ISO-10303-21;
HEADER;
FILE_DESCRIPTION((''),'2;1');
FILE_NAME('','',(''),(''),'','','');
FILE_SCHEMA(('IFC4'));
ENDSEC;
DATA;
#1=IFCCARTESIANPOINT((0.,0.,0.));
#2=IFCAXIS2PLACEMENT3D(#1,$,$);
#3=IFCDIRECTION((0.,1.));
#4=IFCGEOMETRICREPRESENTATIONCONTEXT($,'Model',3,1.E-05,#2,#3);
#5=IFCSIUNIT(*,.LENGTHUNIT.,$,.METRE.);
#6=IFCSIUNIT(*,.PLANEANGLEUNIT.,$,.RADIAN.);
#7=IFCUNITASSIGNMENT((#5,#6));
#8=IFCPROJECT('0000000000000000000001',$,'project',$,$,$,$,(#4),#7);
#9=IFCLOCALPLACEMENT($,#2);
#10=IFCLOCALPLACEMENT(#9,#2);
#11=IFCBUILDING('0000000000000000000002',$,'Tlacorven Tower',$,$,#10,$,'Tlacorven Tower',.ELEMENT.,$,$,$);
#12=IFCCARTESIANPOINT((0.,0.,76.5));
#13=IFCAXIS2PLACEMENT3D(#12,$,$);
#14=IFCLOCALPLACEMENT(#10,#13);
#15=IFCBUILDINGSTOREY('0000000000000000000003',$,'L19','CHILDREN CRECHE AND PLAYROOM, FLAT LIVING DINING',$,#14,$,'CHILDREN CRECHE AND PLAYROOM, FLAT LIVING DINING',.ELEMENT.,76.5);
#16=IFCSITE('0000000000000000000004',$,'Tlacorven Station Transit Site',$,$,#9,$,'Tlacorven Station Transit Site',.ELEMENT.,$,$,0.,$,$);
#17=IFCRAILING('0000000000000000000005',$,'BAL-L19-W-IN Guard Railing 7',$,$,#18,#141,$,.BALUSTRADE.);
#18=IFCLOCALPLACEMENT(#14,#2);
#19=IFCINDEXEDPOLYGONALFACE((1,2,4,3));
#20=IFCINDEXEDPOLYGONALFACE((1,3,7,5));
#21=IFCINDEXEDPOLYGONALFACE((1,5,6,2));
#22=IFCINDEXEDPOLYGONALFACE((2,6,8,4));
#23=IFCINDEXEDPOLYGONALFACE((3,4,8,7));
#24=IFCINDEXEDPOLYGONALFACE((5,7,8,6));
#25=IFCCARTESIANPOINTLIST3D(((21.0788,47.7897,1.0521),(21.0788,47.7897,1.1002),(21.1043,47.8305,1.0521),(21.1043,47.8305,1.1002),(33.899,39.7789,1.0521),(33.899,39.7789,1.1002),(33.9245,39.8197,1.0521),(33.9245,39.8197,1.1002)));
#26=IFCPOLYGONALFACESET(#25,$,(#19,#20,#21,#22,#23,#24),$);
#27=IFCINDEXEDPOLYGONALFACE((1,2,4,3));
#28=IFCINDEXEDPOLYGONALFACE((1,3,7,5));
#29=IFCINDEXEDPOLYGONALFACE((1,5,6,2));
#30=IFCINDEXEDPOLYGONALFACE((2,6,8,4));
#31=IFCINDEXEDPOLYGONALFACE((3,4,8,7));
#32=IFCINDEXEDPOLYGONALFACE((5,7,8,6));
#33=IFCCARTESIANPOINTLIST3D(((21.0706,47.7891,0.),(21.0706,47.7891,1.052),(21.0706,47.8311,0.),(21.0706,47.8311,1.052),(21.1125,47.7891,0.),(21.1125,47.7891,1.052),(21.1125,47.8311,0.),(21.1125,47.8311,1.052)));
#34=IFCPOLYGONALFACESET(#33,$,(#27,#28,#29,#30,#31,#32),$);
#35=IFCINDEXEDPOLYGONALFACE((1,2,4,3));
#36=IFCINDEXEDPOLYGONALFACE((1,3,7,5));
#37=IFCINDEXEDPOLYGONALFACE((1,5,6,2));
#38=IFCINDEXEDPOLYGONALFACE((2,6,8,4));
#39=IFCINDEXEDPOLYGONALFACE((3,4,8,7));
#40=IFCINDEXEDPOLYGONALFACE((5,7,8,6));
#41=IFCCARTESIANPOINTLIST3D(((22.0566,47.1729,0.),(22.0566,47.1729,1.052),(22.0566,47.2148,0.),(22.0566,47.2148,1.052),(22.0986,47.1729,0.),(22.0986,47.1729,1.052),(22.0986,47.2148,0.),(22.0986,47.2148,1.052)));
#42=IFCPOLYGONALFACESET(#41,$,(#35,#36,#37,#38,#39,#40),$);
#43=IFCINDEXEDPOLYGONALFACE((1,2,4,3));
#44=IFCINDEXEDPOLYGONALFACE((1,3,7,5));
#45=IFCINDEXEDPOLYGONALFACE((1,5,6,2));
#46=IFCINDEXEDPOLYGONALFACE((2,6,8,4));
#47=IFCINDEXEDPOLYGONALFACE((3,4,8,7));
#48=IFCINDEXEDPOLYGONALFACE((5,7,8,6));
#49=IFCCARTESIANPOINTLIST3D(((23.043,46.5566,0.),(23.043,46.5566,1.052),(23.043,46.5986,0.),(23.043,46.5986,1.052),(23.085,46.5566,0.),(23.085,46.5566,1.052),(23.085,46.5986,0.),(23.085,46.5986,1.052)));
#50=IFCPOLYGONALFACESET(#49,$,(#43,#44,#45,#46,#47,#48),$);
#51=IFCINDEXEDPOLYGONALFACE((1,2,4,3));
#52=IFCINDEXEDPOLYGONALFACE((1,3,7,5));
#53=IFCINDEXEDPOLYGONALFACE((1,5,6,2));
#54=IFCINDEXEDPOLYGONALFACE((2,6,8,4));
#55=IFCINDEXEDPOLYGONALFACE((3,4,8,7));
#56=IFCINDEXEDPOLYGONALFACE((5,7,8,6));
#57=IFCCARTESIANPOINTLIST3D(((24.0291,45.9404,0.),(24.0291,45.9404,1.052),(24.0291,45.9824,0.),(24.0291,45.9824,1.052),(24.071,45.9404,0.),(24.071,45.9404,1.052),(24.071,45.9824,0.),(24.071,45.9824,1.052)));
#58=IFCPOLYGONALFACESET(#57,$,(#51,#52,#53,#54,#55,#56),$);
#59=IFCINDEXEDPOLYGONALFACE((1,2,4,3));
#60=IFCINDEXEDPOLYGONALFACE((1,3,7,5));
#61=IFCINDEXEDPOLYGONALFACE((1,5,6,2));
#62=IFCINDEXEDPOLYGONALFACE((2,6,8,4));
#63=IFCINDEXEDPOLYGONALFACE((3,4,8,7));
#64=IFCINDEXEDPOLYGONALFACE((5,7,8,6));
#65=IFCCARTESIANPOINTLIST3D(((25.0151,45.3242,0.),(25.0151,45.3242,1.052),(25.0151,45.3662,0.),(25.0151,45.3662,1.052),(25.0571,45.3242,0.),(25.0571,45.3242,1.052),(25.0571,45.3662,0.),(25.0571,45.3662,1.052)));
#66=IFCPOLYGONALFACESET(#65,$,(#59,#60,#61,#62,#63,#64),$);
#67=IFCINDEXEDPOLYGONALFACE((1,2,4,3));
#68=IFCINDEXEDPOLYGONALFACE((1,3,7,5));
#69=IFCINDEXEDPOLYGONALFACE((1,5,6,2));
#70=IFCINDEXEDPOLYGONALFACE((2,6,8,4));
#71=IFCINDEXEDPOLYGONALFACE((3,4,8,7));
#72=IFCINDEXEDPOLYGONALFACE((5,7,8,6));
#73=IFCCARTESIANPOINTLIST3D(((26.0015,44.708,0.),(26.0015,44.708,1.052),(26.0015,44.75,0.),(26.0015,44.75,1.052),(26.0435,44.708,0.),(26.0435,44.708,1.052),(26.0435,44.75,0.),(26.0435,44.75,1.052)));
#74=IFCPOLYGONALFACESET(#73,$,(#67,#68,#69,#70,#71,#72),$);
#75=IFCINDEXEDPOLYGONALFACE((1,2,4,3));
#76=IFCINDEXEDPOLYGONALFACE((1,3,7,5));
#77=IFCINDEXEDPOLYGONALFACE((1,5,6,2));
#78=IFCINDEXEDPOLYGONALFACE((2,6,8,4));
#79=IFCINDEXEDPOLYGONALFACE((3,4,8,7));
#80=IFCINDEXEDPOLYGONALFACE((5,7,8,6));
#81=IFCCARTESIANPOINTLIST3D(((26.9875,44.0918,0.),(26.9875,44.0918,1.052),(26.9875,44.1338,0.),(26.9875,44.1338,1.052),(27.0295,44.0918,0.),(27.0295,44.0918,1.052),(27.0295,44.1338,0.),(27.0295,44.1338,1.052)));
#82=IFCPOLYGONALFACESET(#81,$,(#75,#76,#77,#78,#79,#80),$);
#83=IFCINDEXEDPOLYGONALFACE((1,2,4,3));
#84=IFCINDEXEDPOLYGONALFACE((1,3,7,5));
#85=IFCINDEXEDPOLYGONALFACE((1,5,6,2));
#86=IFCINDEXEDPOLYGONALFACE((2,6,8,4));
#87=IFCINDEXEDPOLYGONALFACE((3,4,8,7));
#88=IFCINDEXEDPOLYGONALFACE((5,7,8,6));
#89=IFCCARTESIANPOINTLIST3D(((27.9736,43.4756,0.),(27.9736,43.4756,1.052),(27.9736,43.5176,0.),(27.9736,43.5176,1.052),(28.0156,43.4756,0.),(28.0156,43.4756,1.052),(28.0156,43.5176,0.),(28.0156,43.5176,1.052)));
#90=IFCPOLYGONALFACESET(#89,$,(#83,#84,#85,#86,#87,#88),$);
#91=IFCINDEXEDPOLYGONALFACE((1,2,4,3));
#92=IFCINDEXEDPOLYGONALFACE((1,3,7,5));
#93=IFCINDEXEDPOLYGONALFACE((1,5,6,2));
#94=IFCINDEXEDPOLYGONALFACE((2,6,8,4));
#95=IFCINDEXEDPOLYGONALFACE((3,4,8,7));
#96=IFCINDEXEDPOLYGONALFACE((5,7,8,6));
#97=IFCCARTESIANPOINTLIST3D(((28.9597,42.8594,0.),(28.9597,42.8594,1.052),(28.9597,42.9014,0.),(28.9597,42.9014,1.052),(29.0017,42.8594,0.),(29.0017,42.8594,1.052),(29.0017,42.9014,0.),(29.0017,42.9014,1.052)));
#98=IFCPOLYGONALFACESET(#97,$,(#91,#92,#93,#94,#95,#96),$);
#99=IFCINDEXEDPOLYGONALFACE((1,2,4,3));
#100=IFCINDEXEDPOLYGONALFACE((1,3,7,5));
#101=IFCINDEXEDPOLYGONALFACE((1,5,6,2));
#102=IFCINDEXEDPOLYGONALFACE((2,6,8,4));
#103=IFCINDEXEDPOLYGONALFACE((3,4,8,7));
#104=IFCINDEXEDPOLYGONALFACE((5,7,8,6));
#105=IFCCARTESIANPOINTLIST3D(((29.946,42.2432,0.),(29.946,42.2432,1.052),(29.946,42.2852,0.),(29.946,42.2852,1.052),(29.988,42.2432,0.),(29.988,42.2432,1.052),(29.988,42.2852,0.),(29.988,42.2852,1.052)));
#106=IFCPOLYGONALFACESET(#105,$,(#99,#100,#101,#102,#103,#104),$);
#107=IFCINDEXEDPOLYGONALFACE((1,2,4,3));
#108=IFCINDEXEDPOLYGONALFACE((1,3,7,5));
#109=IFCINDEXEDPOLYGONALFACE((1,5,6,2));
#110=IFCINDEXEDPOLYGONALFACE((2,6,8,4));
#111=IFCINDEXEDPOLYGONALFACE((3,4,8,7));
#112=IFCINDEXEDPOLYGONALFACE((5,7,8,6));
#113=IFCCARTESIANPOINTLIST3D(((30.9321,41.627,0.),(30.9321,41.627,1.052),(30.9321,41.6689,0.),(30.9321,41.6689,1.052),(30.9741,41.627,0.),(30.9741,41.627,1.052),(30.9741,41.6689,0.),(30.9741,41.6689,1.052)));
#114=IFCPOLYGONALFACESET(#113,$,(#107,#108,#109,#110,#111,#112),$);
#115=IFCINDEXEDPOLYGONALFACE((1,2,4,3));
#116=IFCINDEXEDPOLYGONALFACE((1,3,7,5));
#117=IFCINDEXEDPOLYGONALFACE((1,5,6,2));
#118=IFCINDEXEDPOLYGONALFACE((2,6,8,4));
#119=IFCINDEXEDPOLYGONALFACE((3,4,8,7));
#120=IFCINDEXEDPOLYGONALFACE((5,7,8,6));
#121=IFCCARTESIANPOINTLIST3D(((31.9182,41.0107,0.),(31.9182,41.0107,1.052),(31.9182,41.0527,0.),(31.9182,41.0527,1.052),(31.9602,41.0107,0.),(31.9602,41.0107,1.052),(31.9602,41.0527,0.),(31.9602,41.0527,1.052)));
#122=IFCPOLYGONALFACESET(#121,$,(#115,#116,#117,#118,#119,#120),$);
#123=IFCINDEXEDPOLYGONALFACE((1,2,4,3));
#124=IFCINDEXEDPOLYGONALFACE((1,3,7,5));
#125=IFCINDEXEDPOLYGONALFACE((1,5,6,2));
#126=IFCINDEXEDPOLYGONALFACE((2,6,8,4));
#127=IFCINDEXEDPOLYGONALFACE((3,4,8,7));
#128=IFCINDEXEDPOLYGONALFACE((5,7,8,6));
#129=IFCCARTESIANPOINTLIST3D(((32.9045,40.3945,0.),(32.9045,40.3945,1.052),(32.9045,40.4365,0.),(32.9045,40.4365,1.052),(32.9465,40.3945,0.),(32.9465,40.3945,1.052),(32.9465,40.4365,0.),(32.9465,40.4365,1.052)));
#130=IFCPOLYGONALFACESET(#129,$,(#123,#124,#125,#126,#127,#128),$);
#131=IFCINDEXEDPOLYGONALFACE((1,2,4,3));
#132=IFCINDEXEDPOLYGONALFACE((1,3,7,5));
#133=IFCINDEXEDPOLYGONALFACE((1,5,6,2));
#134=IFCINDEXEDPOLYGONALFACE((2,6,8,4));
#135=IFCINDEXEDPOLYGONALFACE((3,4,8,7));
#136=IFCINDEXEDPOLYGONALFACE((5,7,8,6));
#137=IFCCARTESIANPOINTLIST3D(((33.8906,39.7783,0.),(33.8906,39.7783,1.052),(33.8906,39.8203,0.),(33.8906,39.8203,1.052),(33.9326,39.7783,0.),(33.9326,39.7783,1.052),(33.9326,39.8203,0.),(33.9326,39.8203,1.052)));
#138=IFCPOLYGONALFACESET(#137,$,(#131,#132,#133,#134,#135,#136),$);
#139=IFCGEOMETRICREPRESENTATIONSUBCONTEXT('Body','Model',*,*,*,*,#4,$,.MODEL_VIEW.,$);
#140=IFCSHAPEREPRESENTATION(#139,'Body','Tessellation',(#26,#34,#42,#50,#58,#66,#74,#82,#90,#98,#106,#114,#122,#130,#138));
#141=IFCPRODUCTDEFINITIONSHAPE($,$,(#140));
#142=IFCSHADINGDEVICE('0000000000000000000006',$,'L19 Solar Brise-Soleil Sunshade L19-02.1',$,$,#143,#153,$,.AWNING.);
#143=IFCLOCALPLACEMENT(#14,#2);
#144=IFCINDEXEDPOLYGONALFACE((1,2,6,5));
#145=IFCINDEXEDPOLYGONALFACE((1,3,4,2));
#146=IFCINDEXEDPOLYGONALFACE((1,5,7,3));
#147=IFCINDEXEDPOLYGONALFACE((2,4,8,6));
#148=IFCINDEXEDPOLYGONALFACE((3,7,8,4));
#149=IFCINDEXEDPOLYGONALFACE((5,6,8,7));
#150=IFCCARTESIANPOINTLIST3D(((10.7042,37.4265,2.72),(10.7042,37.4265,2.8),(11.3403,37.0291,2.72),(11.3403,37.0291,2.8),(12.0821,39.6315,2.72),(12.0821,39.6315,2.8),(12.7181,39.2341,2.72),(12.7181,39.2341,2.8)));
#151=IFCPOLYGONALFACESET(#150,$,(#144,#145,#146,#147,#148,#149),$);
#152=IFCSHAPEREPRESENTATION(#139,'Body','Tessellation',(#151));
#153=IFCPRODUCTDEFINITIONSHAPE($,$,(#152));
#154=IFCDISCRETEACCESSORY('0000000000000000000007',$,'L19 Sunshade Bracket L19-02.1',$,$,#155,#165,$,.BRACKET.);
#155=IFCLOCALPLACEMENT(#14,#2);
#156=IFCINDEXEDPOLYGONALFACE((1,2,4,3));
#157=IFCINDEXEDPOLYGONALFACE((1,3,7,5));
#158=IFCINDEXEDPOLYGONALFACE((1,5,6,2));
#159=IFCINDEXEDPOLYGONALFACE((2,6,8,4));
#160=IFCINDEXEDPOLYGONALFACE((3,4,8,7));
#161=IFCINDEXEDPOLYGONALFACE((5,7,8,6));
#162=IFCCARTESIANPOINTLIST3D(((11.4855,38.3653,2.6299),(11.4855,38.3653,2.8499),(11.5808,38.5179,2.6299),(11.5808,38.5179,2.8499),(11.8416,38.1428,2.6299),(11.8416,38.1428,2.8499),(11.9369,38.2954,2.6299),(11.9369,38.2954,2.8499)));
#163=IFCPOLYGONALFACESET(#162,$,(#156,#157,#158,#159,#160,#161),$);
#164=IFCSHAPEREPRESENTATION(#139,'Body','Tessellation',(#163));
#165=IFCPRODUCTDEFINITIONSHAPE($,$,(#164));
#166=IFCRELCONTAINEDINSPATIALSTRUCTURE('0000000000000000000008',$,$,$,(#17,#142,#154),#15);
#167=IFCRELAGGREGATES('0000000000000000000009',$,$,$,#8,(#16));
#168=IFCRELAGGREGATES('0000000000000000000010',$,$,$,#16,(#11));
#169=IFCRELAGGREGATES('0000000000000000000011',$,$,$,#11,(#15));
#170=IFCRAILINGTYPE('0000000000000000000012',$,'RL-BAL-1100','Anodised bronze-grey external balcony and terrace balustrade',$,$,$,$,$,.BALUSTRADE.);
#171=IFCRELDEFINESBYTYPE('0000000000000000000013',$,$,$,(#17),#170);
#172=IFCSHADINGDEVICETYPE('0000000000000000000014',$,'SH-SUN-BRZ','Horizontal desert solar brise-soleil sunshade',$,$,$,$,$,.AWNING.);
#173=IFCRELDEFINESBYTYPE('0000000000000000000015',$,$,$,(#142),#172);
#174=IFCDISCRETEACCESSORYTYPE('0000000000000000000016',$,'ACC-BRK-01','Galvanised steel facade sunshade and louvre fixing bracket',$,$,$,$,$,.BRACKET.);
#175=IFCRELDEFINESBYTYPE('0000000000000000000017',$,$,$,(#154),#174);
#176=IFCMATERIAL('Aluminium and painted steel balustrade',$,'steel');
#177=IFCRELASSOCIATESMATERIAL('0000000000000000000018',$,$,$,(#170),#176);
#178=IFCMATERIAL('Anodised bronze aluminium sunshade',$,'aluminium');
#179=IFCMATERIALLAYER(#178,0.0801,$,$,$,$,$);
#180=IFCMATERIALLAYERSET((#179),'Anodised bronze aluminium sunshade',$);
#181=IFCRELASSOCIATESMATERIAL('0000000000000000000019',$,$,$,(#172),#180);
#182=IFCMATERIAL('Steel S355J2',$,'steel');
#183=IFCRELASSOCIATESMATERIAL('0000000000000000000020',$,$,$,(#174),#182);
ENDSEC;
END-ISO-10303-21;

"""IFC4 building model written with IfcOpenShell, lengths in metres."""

from ifc_helpers import new_model, si_unit, direction, frame, origin, origin_2d, place, context, subcontext, project, spatial, rectangle, extrude, source, transform, mapped, material, layer, layer_set, type_object, element, save


model = new_model("IFC4")

# Units and contexts
model_context = context("Model", 3, precision=1e-05, world=origin(), true_north=direction((0.0, 1.0)))
body_context = subcontext(model_context, "Body", "Model", "MODEL_VIEW")
ifc_project = project(units=[si_unit("LENGTHUNIT", "METRE"), si_unit("PLANEANGLEUNIT", "RADIAN")], contexts=[model_context])

# Site, building, storey
site_placement = place(None, origin())
site = spatial("IfcSite", under=ifc_project, at=site_placement, Name="Tlacorven Station Transit Site", LongName="Tlacorven Station Transit Site", CompositionType="ELEMENT", RefElevation=0.0)
building_placement = place(site_placement, origin())
building = spatial("IfcBuilding", under=site, at=building_placement, Name="Tlacorven Tower", LongName="Tlacorven Tower", CompositionType="ELEMENT")
storey_placement = place(building_placement, frame((0.0, 0.0, 76.5)))
storey = spatial("IfcBuildingStorey", under=building, at=storey_placement, Name="L19", Description="CHILDREN CRECHE AND PLAYROOM, FLAT LIVING DINING", LongName="CHILDREN CRECHE AND PLAYROOM, FLAT LIVING DINING", CompositionType="ELEMENT", Elevation=76.5)

# Shared definitions
ifc_material_1 = material(Name="Steel S355J2", Category="steel")

# Railing
ifc_material_2 = material(Name="Aluminium and painted steel balustrade", Category="steel")
railing_type = type_object("IfcRailingType", Name="RL-BAL-1100", Description="Anodised bronze-grey external balcony and terrace balustrade", PredefinedType="BALUSTRADE", material=ifc_material_2)
shared_shape_1 = source(origin(), body_context, "Body", "SweptSolid", [
    extrude(rectangle(XDim=0.0481, YDim=0.0481, at=origin_2d()), frame((0.0, 0.0, 1.0762), z_axis=(0.848052, -0.529913, 0.0), x_axis=(0.529913, 0.848052, 0.0)), (0.0, 0.0, 1.0), 15.1172),
    extrude(rectangle(XDim=0.042, YDim=0.042, at=origin_2d()), origin(), (0.0, 0.0, 1.0), 1.052),
    extrude(rectangle(XDim=0.042, YDim=0.042, at=origin_2d()), frame((0.9861, -0.6162, 0.0)), (0.0, 0.0, 1.0), 1.052),
    extrude(rectangle(XDim=0.042, YDim=0.042, at=origin_2d()), frame((1.9724, -1.2324, 0.0)), (0.0, 0.0, 1.0), 1.052),
    extrude(rectangle(XDim=0.042, YDim=0.042, at=origin_2d()), frame((2.9585, -1.8486, 0.0)), (0.0, 0.0, 1.0), 1.052),
    extrude(rectangle(XDim=0.042, YDim=0.042, at=origin_2d()), frame((3.9446, -2.4648, 0.0)), (0.0, 0.0, 1.0), 1.052),
    extrude(rectangle(XDim=0.042, YDim=0.042, at=origin_2d()), frame((4.9309, -3.0811, 0.0)), (0.0, 0.0, 1.0), 1.052),
    extrude(rectangle(XDim=0.042, YDim=0.042, at=origin_2d()), frame((5.917, -3.6973, 0.0)), (0.0, 0.0, 1.0), 1.052),
    extrude(rectangle(XDim=0.042, YDim=0.042, at=origin_2d()), frame((6.9031, -4.3135, 0.0)), (0.0, 0.0, 1.0), 1.052),
    extrude(rectangle(XDim=0.042, YDim=0.042, at=origin_2d()), frame((7.8892, -4.9297, 0.0)), (0.0, 0.0, 1.0), 1.052),
    extrude(rectangle(XDim=0.042, YDim=0.042, at=origin_2d()), frame((8.8755, -5.5459, 0.0)), (0.0, 0.0, 1.0), 1.052),
    extrude(rectangle(XDim=0.042, YDim=0.042, at=origin_2d()), frame((9.8616, -6.1621, 0.0)), (0.0, 0.0, 1.0), 1.052),
    extrude(rectangle(XDim=0.042, YDim=0.042, at=origin_2d()), frame((10.8477, -6.7783, 0.0)), (0.0, 0.0, 1.0), 1.052),
    extrude(rectangle(XDim=0.042, YDim=0.042, at=origin_2d()), frame((11.834, -7.3945, 0.0)), (0.0, 0.0, 1.0), 1.052),
    extrude(rectangle(XDim=0.042, YDim=0.042, at=origin_2d()), frame((12.8201, -8.0107, 0.0)), (0.0, 0.0, 1.0), 1.052),
])
railing_1_placement = place(storey_placement, frame((21.0916, 47.8101, 0.0)))
element("IfcRailing", 1, at=railing_1_placement, inside=storey, type_object=railing_type, Name="BAL-L19-W-IN Guard Railing 7", PredefinedType="BALUSTRADE", context=body_context, shape_type="MappedRepresentation", body=[
    mapped(shared_shape_1, transform((0.0, 0.0, 0.0), scale=1.0)),
])

# Shading device
ifc_material_3 = material(Name="Anodised bronze aluminium sunshade", Category="aluminium")
ifc_layer_1 = layer(ifc_material_3, 0.0801)
ifc_layer_set_1 = layer_set([ifc_layer_1], Name="Anodised bronze aluminium sunshade")
shading_device_type = type_object("IfcShadingDeviceType", Name="SH-SUN-BRZ", Description="Horizontal desert solar brise-soleil sunshade", PredefinedType="AWNING", material=ifc_layer_set_1)
shared_shape_2 = source(origin(), body_context, "Body", "SweptSolid", [
    extrude(rectangle(XDim=2.6001, YDim=0.75, at=origin_2d()), origin(), (0.0, 0.0, 1.0), 0.0801),
])
shading_device_placement = place(storey_placement, frame((11.7112, 38.3303, 2.72), z_axis=(0.0, 0.0, 1.0), x_axis=(0.529919, 0.848048, 0.0)))
element("IfcShadingDevice", 2, at=shading_device_placement, inside=storey, type_object=shading_device_type, Name="L19 Solar Brise-Soleil Sunshade L19-02.1", PredefinedType="AWNING", context=body_context, shape_type="MappedRepresentation", body=[
    mapped(shared_shape_2, transform((0.0, 0.0, 0.0), scale=1.0)),
])

# Discrete accessory
discrete_accessory_type = type_object("IfcDiscreteAccessoryType", Name="ACC-BRK-01", Description="Galvanised steel facade sunshade and louvre fixing bracket", PredefinedType="BRACKET", material=ifc_material_1)
shared_shape_3 = source(origin(), body_context, "Body", "SweptSolid", [
    extrude(rectangle(XDim=0.1799, YDim=0.4199, at=origin_2d()), origin(), (0.0, 0.0, 1.0), 0.22),
])
discrete_accessory_placement = place(storey_placement, frame((11.7112, 38.3303, 2.6299), z_axis=(0.0, 0.0, 1.0), x_axis=(0.529919, 0.848048, 0.0)))
element("IfcDiscreteAccessory", 3, at=discrete_accessory_placement, inside=storey, type_object=discrete_accessory_type, Name="L19 Sunshade Bracket L19-02.1", PredefinedType="BRACKET", context=body_context, shape_type="MappedRepresentation", body=[
    mapped(shared_shape_3, transform((0.0, 0.0, 0.0), scale=1.0)),
])

save(model, "model.ifc")
